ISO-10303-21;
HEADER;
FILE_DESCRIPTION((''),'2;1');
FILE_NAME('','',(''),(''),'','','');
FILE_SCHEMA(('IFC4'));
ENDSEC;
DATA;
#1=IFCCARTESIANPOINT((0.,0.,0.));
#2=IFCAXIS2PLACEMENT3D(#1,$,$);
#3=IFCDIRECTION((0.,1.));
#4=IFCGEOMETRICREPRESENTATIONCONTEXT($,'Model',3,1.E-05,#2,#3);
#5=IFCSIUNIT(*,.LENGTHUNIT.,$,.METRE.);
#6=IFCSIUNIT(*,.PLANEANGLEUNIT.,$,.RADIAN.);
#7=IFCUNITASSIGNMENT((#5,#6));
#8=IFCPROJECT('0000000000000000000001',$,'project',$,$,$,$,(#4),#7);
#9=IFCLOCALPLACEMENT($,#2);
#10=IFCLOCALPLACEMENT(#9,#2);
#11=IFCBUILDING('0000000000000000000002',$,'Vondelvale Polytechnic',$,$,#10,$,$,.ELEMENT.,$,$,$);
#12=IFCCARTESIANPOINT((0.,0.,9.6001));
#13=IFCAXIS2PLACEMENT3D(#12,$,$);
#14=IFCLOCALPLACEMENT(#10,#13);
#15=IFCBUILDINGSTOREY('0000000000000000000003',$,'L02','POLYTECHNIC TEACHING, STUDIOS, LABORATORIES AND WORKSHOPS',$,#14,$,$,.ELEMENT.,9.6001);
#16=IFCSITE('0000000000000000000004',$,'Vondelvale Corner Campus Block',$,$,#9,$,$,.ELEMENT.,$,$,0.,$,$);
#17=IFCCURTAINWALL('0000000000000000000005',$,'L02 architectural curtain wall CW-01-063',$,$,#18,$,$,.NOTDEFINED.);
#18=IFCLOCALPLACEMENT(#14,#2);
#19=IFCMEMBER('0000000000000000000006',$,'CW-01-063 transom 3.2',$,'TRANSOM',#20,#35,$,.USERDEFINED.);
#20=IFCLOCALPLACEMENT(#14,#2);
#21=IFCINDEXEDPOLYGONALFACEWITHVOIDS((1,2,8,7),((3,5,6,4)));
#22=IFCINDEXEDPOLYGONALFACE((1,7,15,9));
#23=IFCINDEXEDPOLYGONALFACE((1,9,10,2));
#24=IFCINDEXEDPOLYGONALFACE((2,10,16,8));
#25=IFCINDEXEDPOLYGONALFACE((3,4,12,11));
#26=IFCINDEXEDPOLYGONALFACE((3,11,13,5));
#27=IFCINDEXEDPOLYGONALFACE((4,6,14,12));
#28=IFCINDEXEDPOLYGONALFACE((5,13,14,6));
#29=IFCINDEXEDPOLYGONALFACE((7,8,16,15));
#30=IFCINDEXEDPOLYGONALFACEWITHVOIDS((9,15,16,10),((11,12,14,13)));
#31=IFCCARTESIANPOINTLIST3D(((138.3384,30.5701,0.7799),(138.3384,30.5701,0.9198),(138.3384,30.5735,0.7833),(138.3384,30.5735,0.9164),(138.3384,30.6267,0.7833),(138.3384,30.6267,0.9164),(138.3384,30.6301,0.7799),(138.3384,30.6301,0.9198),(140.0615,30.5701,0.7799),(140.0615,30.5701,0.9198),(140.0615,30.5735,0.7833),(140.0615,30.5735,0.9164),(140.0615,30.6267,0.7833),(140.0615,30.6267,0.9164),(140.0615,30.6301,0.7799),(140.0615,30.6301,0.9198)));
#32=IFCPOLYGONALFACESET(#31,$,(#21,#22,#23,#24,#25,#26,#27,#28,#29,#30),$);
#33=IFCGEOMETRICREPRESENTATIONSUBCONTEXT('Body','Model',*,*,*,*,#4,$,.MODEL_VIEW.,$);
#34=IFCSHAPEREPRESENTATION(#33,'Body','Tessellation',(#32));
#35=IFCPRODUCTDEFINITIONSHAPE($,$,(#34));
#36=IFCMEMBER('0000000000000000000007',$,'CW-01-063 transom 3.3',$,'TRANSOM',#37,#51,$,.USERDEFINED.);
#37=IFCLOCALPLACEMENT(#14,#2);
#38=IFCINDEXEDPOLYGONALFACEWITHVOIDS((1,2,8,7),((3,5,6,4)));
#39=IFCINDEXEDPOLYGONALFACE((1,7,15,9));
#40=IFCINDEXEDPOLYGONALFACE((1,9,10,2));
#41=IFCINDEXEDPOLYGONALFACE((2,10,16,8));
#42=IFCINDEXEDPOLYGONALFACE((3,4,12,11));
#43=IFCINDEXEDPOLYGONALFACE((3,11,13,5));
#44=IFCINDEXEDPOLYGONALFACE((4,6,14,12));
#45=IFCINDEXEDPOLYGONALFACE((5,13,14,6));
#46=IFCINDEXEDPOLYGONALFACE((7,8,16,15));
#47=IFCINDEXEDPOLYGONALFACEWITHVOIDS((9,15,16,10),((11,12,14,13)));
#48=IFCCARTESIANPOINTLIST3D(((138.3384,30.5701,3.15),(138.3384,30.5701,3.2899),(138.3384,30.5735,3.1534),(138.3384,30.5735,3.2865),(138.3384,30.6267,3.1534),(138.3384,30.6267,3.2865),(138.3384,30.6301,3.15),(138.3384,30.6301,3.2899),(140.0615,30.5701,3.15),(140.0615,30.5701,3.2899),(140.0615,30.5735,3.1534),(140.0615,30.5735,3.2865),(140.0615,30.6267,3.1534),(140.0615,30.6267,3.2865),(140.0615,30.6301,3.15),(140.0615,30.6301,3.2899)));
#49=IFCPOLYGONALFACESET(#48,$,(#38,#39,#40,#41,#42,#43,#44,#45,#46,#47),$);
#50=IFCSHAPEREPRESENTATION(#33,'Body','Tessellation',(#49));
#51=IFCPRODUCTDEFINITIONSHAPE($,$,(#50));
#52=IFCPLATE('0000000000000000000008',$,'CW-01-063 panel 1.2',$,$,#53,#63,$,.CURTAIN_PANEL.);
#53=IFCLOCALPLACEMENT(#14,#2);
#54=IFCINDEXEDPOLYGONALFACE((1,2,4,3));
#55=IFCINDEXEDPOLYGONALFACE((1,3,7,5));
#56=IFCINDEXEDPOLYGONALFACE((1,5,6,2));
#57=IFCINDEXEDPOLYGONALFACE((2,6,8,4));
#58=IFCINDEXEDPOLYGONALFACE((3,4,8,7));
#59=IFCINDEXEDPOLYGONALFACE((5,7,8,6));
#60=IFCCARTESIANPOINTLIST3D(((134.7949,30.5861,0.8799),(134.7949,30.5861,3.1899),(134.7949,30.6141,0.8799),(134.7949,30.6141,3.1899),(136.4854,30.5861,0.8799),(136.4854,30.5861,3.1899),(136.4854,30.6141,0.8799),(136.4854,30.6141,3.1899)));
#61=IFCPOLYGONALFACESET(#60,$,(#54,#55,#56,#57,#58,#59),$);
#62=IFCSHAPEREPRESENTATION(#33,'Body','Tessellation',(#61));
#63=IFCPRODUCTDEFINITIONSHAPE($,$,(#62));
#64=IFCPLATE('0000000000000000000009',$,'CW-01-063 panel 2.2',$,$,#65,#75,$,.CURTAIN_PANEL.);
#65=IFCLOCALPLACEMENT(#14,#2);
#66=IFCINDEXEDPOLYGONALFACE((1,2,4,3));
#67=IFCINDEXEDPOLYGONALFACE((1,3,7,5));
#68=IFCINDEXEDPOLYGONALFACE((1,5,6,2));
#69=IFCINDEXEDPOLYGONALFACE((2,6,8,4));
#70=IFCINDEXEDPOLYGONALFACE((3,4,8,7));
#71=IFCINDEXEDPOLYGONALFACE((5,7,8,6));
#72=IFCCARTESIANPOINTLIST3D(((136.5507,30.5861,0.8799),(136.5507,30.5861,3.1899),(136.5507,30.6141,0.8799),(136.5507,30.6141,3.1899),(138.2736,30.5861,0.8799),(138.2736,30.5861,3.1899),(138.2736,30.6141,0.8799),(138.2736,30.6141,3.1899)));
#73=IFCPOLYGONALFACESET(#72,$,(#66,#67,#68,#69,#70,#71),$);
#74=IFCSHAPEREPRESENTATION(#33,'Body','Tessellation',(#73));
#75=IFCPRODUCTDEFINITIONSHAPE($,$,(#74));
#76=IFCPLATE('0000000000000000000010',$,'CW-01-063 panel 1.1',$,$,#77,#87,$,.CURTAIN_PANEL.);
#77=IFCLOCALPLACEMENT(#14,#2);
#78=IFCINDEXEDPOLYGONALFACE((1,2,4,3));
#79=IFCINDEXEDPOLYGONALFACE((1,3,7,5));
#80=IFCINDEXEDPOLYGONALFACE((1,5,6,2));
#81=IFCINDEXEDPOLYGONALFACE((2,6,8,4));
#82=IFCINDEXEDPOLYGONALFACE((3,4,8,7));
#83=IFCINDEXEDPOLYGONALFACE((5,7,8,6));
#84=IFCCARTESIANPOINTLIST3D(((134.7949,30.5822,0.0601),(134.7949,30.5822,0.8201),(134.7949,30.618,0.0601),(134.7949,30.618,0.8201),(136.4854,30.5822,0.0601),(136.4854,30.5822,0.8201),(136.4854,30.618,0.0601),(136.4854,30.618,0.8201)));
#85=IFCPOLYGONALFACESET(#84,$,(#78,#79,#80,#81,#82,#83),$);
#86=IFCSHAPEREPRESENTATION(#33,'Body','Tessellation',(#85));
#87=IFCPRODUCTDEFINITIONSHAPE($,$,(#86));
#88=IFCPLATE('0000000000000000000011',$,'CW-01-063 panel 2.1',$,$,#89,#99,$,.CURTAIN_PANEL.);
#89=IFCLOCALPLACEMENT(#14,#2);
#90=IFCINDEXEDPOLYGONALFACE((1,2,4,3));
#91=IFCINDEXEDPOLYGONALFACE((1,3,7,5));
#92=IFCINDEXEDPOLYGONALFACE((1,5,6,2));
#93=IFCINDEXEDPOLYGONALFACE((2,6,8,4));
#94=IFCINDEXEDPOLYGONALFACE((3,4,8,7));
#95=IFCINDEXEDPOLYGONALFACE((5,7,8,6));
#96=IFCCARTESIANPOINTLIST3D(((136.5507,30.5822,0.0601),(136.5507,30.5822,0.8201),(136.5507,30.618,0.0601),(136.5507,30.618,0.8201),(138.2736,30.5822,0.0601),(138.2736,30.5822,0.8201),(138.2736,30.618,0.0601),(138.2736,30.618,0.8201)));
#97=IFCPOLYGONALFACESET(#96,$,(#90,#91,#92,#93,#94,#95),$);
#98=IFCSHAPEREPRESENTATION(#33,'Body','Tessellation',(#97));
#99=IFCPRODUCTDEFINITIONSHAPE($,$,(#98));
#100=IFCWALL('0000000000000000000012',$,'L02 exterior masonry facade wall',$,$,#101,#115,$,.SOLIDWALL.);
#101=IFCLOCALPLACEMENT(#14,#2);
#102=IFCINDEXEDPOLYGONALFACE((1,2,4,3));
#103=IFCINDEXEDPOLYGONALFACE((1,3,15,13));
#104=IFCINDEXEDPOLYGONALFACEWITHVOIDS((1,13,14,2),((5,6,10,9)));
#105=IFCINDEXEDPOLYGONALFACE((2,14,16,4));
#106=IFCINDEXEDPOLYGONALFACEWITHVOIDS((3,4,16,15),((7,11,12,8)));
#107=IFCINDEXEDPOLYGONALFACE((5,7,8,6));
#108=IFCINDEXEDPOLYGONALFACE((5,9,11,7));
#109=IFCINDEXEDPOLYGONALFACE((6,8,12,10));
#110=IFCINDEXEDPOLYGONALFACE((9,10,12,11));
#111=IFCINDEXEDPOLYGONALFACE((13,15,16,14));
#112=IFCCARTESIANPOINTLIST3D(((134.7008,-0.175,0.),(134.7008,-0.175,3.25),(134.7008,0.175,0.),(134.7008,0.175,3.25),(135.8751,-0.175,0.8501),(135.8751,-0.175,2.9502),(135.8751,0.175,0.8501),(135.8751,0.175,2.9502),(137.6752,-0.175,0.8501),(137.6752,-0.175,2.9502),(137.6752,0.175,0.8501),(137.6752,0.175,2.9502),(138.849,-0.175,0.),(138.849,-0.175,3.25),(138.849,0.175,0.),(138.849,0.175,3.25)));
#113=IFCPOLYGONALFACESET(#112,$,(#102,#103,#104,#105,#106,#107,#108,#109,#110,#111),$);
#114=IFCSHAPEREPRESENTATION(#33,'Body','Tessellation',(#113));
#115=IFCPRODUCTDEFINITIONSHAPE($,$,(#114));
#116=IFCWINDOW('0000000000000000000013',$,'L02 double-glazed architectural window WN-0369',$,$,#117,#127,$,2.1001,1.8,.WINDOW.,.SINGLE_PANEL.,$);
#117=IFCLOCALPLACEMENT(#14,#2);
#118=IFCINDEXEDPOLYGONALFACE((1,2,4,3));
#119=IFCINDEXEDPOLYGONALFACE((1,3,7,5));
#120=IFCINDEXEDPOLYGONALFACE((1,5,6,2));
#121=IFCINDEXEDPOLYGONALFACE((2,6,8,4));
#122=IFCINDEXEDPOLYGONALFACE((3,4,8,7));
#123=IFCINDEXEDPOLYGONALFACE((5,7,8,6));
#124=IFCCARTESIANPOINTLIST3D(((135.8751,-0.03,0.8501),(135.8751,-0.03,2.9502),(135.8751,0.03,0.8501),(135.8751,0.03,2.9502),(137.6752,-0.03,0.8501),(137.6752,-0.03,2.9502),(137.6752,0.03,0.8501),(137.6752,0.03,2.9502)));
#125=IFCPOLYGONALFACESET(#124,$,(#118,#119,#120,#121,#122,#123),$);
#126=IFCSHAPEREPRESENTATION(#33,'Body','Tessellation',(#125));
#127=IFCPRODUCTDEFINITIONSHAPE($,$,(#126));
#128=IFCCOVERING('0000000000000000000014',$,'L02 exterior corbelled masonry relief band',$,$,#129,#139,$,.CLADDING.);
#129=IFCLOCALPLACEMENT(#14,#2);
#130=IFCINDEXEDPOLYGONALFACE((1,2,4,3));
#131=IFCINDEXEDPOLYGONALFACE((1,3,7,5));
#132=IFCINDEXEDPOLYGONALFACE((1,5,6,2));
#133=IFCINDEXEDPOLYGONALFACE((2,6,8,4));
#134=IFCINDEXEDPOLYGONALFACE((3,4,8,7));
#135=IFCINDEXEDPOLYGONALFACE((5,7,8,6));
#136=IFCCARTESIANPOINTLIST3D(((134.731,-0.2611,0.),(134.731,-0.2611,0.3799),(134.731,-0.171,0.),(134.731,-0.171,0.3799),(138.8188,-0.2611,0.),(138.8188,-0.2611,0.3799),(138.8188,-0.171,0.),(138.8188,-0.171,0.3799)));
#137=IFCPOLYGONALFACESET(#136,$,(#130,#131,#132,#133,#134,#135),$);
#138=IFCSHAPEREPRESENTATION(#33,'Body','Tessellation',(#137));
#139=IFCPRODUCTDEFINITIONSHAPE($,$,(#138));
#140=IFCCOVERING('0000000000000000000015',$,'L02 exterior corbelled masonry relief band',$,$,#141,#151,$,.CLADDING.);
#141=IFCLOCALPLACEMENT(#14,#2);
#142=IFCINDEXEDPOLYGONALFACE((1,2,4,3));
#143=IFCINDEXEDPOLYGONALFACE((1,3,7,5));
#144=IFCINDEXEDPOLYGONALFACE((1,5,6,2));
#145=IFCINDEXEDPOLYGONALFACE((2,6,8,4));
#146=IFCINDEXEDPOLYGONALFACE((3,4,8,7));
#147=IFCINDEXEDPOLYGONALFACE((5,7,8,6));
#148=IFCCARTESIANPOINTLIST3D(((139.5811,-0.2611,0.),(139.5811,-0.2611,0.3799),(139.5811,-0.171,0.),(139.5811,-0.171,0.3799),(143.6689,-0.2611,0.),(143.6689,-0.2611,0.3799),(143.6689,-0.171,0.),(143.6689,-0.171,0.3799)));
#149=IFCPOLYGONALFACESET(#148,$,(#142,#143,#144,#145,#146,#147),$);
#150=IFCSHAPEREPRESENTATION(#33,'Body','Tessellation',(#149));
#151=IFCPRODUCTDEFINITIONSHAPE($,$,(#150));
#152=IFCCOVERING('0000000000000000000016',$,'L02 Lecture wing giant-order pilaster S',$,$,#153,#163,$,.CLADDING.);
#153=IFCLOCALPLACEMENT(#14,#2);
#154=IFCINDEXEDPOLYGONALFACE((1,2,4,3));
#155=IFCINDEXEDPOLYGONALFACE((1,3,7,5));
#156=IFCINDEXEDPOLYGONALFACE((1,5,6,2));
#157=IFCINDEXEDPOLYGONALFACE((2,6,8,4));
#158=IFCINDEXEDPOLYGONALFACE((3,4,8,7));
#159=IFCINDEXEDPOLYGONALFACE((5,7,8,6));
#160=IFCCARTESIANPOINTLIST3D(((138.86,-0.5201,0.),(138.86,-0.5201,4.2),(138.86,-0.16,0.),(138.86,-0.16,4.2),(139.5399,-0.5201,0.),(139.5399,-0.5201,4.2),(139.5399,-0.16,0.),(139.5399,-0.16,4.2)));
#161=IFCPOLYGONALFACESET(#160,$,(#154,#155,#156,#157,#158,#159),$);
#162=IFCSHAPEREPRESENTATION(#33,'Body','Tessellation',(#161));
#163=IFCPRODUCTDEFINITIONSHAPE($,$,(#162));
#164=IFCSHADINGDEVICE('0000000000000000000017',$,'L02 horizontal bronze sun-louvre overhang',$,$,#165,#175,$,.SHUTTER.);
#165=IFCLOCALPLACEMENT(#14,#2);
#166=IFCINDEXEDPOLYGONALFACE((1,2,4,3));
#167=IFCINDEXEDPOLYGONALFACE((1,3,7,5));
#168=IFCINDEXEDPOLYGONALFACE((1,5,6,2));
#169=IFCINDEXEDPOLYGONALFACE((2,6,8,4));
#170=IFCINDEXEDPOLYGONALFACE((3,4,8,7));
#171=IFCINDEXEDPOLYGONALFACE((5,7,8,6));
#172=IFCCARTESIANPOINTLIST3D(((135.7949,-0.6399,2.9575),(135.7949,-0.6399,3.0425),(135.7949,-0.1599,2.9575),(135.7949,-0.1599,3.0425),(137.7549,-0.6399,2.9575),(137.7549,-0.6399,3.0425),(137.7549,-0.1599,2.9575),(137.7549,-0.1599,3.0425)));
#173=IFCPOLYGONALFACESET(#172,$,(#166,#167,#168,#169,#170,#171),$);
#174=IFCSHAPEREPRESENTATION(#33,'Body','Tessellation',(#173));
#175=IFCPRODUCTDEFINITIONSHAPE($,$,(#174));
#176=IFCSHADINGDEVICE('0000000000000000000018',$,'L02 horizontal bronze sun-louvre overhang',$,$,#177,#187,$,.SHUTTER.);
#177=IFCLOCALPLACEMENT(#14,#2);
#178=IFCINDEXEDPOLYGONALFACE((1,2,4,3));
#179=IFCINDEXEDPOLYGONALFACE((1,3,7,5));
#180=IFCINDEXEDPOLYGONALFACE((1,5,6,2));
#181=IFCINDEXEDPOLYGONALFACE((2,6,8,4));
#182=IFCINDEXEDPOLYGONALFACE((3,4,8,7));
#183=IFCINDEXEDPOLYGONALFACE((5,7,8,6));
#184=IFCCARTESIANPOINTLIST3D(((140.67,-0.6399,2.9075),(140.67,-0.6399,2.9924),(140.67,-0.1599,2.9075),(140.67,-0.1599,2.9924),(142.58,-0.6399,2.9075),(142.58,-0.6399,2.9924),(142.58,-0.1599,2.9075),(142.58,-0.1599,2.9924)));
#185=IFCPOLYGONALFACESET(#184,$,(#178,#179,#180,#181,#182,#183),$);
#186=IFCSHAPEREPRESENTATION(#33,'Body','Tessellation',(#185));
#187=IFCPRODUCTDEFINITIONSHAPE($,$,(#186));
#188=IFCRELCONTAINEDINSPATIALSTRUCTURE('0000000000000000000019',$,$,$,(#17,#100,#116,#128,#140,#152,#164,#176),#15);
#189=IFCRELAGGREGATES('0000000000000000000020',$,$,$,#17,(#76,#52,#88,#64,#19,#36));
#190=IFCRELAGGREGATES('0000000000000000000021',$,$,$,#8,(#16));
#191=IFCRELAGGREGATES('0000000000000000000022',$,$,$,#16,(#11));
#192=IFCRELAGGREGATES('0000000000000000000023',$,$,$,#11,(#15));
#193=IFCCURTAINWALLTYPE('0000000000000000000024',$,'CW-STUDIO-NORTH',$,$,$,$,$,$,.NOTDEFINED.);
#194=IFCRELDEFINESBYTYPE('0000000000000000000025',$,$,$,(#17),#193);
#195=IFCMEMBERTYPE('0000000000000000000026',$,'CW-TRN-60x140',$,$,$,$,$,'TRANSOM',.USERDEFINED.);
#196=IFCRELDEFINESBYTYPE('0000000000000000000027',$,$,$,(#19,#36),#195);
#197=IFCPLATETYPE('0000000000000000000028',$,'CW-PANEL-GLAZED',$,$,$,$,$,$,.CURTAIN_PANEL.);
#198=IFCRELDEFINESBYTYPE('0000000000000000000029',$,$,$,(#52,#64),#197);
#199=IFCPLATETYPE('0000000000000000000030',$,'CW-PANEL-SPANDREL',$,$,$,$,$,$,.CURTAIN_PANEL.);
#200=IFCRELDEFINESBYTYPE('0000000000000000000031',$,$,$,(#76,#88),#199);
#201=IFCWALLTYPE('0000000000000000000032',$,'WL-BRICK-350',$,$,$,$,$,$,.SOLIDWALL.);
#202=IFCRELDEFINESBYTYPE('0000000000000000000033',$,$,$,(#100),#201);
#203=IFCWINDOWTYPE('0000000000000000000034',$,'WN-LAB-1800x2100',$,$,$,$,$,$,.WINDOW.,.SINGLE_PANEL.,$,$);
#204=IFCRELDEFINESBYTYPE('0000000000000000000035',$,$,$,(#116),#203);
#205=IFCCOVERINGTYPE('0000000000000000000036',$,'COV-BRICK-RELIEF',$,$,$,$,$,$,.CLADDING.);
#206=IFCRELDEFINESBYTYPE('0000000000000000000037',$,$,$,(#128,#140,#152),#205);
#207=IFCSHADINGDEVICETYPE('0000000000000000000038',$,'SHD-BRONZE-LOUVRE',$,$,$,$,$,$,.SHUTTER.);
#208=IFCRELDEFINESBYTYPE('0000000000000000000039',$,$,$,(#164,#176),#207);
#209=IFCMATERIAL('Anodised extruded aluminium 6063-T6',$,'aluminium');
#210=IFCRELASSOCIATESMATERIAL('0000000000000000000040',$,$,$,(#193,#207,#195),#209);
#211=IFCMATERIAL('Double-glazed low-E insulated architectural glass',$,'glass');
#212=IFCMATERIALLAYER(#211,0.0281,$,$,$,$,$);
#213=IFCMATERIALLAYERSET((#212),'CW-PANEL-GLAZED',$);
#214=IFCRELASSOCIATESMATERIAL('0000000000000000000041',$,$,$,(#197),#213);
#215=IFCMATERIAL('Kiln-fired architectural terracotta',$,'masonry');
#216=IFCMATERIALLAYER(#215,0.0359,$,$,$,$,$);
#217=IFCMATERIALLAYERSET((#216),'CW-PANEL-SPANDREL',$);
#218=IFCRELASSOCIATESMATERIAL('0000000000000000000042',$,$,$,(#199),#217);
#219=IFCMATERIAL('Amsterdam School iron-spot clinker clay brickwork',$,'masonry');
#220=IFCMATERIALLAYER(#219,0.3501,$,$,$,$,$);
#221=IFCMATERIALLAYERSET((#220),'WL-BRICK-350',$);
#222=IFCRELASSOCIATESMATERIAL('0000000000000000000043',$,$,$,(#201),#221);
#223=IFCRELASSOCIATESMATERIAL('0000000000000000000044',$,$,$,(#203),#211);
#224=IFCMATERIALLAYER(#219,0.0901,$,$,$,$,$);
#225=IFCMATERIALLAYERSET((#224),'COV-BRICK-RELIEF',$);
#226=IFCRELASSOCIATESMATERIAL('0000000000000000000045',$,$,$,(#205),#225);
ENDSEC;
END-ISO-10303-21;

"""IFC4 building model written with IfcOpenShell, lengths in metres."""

from ifc_helpers import new_model, si_unit, direction, frame, frame_2d, origin, origin_2d, place, context, subcontext, project, spatial, rectangle, hollow_rectangle, extrude, material, layer, layer_set, material_profile, profile_set, type_object, element, fill, aggregate, save


model = new_model("IFC4")

# Units and contexts
model_context = context("Model", 3, precision=1e-05, world=origin(), true_north=direction((0.0, 1.0)))
body_context = subcontext(model_context, "Body", "Model", "MODEL_VIEW")
ifc_project = project(units=[si_unit("LENGTHUNIT", "METRE"), si_unit("PLANEANGLEUNIT", "RADIAN")], contexts=[model_context])

# Site, building, storey
site_placement = place(None, origin())
site = spatial("IfcSite", under=ifc_project, at=site_placement, Name="Vondelvale Corner Campus Block", CompositionType="ELEMENT", RefElevation=0.0)
building_placement = place(site_placement, origin())
building = spatial("IfcBuilding", under=site, at=building_placement, Name="Vondelvale Polytechnic", CompositionType="ELEMENT")
storey_placement = place(building_placement, frame((0.0, 0.0, 9.6001)))
storey = spatial("IfcBuildingStorey", under=building, at=storey_placement, Name="L02", Description="POLYTECHNIC TEACHING, STUDIOS, LABORATORIES AND WORKSHOPS", CompositionType="ELEMENT", Elevation=9.6001)

# Curtain wall, members, plates
ifc_material_1 = material(Name="Anodised extruded aluminium 6063-T6", Category="aluminium")
curtain_wall_type = type_object("IfcCurtainWallType", Name="CW-STUDIO-NORTH", PredefinedType="NOTDEFINED", material=ifc_material_1)
curtain_wall_placement = place(storey_placement, origin())
curtain_wall = element("IfcCurtainWall", 1, at=curtain_wall_placement, inside=storey, type_object=curtain_wall_type, Name="L02 architectural curtain wall CW-01-063", PredefinedType="NOTDEFINED")
ifc_material_profile_1 = material_profile(ifc_material_1, hollow_rectangle(XDim=0.0601, YDim=0.1399, WallThickness=0.0034, at=origin_2d()), Name="CW-TRN-140x60")
ifc_profile_set_1 = profile_set([ifc_material_profile_1], Name="Anodised extruded aluminium 6063-T6")
member_type_1 = type_object("IfcMemberType", Name="CW-TRN-60x140", ElementType="TRANSOM", PredefinedType="USERDEFINED", material=ifc_profile_set_1)
member_1_placement = place(storey_placement, frame((138.3384, 30.6001, 0.8499), z_axis=(1.0, 0.0, 0.0), x_axis=(0.0, 1.0, 0.0)))
member_1 = element("IfcMember", 2, at=member_1_placement, type_object=member_type_1, Name="CW-01-063 transom 3.2", ObjectType="TRANSOM", PredefinedType="USERDEFINED", context=body_context, shape_type="SweptSolid", body=[
    extrude(hollow_rectangle(XDim=0.0601, YDim=0.1399, WallThickness=0.0034, at=origin_2d()), origin(), (0.0, 0.0, 1.0), 1.7231),
])
member_2_placement = place(storey_placement, frame((138.3384, 30.6001, 3.22), z_axis=(1.0, 0.0, 0.0), x_axis=(0.0, 1.0, 0.0)))
member_2 = element("IfcMember", 3, at=member_2_placement, type_object=member_type_1, Name="CW-01-063 transom 3.3", ObjectType="TRANSOM", PredefinedType="USERDEFINED", context=body_context, shape_type="SweptSolid", body=[
    extrude(hollow_rectangle(XDim=0.0601, YDim=0.1399, WallThickness=0.0034, at=origin_2d()), origin(), (0.0, 0.0, 1.0), 1.7231),
])
ifc_material_2 = material(Name="Double-glazed low-E insulated architectural glass", Category="glass")
ifc_layer_1 = layer(ifc_material_2, 0.0281)
ifc_layer_set_1 = layer_set([ifc_layer_1], Name="CW-PANEL-GLAZED")
plate_type_1 = type_object("IfcPlateType", Name="CW-PANEL-GLAZED", PredefinedType="CURTAIN_PANEL", material=ifc_layer_set_1)
plate_1_placement = place(storey_placement, frame((135.6401, 30.6001, 0.8799), z_axis=(0.0, 0.0, 1.0), x_axis=(1.0, 0.0, 0.0)))
plate_1 = element("IfcPlate", 4, at=plate_1_placement, type_object=plate_type_1, Name="CW-01-063 panel 1.2", PredefinedType="CURTAIN_PANEL", context=body_context, shape_type="SweptSolid", body=[
    extrude(rectangle(XDim=1.6904, YDim=0.0281, at=origin_2d()), origin(), (0.0, 0.0, 1.0), 2.3101),
])
plate_2_placement = place(storey_placement, frame((137.4121, 30.6001, 0.8799), z_axis=(0.0, 0.0, 1.0), x_axis=(1.0, 0.0, 0.0)))
plate_2 = element("IfcPlate", 5, at=plate_2_placement, type_object=plate_type_1, Name="CW-01-063 panel 2.2", PredefinedType="CURTAIN_PANEL", context=body_context, shape_type="SweptSolid", body=[
    extrude(rectangle(XDim=1.7229, YDim=0.0281, at=origin_2d()), origin(), (0.0, 0.0, 1.0), 2.3101),
])
ifc_material_3 = material(Name="Kiln-fired architectural terracotta", Category="masonry")
ifc_layer_2 = layer(ifc_material_3, 0.0359)
ifc_layer_set_2 = layer_set([ifc_layer_2], Name="CW-PANEL-SPANDREL")
plate_type_2 = type_object("IfcPlateType", Name="CW-PANEL-SPANDREL", PredefinedType="CURTAIN_PANEL", material=ifc_layer_set_2)
plate_3_placement = place(storey_placement, frame((135.6401, 30.6001, 0.0601), z_axis=(0.0, 0.0, 1.0), x_axis=(1.0, 0.0, 0.0)))
plate_3 = element("IfcPlate", 6, at=plate_3_placement, type_object=plate_type_2, Name="CW-01-063 panel 1.1", PredefinedType="CURTAIN_PANEL", context=body_context, shape_type="SweptSolid", body=[
    extrude(rectangle(XDim=1.6904, YDim=0.0359, at=origin_2d()), origin(), (0.0, 0.0, 1.0), 0.76),
])
plate_4_placement = place(storey_placement, frame((137.4121, 30.6001, 0.0601), z_axis=(0.0, 0.0, 1.0), x_axis=(1.0, 0.0, 0.0)))
plate_4 = element("IfcPlate", 7, at=plate_4_placement, type_object=plate_type_2, Name="CW-01-063 panel 2.1", PredefinedType="CURTAIN_PANEL", context=body_context, shape_type="SweptSolid", body=[
    extrude(rectangle(XDim=1.7229, YDim=0.0359, at=origin_2d()), origin(), (0.0, 0.0, 1.0), 0.76),
])
aggregate(curtain_wall, [plate_3, plate_1, plate_4, plate_2, member_1, member_2])

# Wall, opening, window
ifc_material_4 = material(Name="Amsterdam School iron-spot clinker clay brickwork", Category="masonry")
ifc_layer_3 = layer(ifc_material_4, 0.3501)
ifc_layer_set_3 = layer_set([ifc_layer_3], Name="WL-BRICK-350")
wall_type = type_object("IfcWallType", Name="WL-BRICK-350", PredefinedType="SOLIDWALL", material=ifc_layer_set_3)
wall_placement = place(storey_placement, frame((138.8491, 0.0, 0.0), z_axis=(0.0, 0.0, 1.0), x_axis=(-1.0, 0.0, 0.0)))
wall = element("IfcWall", 8, at=wall_placement, inside=storey, type_object=wall_type, Name="L02 exterior masonry facade wall", PredefinedType="SOLIDWALL", context=body_context, shape_type="SweptSolid", body=[
    extrude(rectangle(XDim=4.1482, YDim=0.3501, at=frame_2d((2.0742, 0.0))), origin(), (0.0, 0.0, 1.0), 3.25),
])
opening_placement = place(wall_placement, frame((1.1741, 0.0, 0.8501)))
opening = element("IfcOpeningElement", 9, at=opening_placement, cuts=wall, PredefinedType="OPENING", context=body_context, shape_type="SweptSolid", body=[
    extrude(rectangle(XDim=1.8, YDim=2.1001, at=frame_2d((0.8999, 1.05))), frame((0.0, 0.1851, 0.0), z_axis=(0.0, -1.0, 0.0), x_axis=(1.0, 0.0, 0.0)), (0.0, 0.0, 1.0), 0.3701),
])
window_type = type_object("IfcWindowType", Name="WN-LAB-1800x2100", PartitioningType="SINGLE_PANEL", PredefinedType="WINDOW", material=ifc_material_2)
window_placement = place(opening_placement, origin())
window = element("IfcWindow", 10, at=window_placement, inside=storey, type_object=window_type, Name="L02 double-glazed architectural window WN-0369", OverallHeight=2.1001, OverallWidth=1.8, PartitioningType="SINGLE_PANEL", PredefinedType="WINDOW", context=body_context, shape_type="SweptSolid", body=[
    extrude(rectangle(XDim=1.8, YDim=2.1001, at=frame_2d((0.8999, 1.05))), frame((0.0, 0.03, 0.0), z_axis=(0.0, -1.0, 0.0), x_axis=(1.0, 0.0, 0.0)), (0.0, 0.0, 1.0), 0.0601),
])
fill(opening, window)

# Coverings
ifc_layer_4 = layer(ifc_material_4, 0.0901)
ifc_layer_set_4 = layer_set([ifc_layer_4], Name="COV-BRICK-RELIEF")
covering_type = type_object("IfcCoveringType", Name="COV-BRICK-RELIEF", PredefinedType="CLADDING", material=ifc_layer_set_4)
for number, where, z_axis, x_axis, name in (
    (11, (136.7749, -0.2161, 0.0), (0.0, 0.0, 1.0), (-1.0, 0.0, 0.0), "L02 exterior corbelled masonry relief band"),
    (12, (141.625, -0.2161, 0.0), (0.0, 0.0, 1.0), (-1.0, 0.0, 0.0), "L02 exterior corbelled masonry relief band"),
):
    element("IfcCovering", number, at=place(storey_placement, frame(where, z_axis=z_axis, x_axis=x_axis)), inside=storey, type_object=covering_type, Name=name, PredefinedType="CLADDING", context=body_context, shape_type="SweptSolid", body=[
        extrude(rectangle(XDim=4.0879, YDim=0.0901, at=origin_2d()), origin(), (0.0, 0.0, 1.0), 0.3799),
    ])
covering_placement = place(storey_placement, frame((139.2, -0.3401, 0.0), z_axis=(0.0, 0.0, 1.0), x_axis=(1.0, 0.0, 0.0)))
element("IfcCovering", 13, at=covering_placement, inside=storey, type_object=covering_type, Name="L02 Lecture wing giant-order pilaster S", PredefinedType="CLADDING", context=body_context, shape_type="SweptSolid", body=[
    extrude(rectangle(XDim=0.6799, YDim=0.3601, at=origin_2d()), origin(), (0.0, 0.0, 1.0), 4.2),
])

# Shading devices
shading_device_type = type_object("IfcShadingDeviceType", Name="SHD-BRONZE-LOUVRE", PredefinedType="SHUTTER", material=ifc_material_1)
shading_device_1_placement = place(storey_placement, frame((136.7749, -0.3999, 2.9575), z_axis=(0.0, 0.0, 1.0), x_axis=(-1.0, 0.0, 0.0)))
element("IfcShadingDevice", 14, at=shading_device_1_placement, inside=storey, type_object=shading_device_type, Name="L02 horizontal bronze sun-louvre overhang", PredefinedType="SHUTTER", context=body_context, shape_type="SweptSolid", body=[
    extrude(rectangle(XDim=1.96, YDim=0.48, at=origin_2d()), origin(), (0.0, 0.0, 1.0), 0.085),
])
shading_device_2_placement = place(storey_placement, frame((141.625, -0.3999, 2.9075), z_axis=(0.0, 0.0, 1.0), x_axis=(-1.0, 0.0, 0.0)))
element("IfcShadingDevice", 15, at=shading_device_2_placement, inside=storey, type_object=shading_device_type, Name="L02 horizontal bronze sun-louvre overhang", PredefinedType="SHUTTER", context=body_context, shape_type="SweptSolid", body=[
    extrude(rectangle(XDim=1.9099, YDim=0.48, at=origin_2d()), origin(), (0.0, 0.0, 1.0), 0.085),
])

save(model, "model.ifc")
